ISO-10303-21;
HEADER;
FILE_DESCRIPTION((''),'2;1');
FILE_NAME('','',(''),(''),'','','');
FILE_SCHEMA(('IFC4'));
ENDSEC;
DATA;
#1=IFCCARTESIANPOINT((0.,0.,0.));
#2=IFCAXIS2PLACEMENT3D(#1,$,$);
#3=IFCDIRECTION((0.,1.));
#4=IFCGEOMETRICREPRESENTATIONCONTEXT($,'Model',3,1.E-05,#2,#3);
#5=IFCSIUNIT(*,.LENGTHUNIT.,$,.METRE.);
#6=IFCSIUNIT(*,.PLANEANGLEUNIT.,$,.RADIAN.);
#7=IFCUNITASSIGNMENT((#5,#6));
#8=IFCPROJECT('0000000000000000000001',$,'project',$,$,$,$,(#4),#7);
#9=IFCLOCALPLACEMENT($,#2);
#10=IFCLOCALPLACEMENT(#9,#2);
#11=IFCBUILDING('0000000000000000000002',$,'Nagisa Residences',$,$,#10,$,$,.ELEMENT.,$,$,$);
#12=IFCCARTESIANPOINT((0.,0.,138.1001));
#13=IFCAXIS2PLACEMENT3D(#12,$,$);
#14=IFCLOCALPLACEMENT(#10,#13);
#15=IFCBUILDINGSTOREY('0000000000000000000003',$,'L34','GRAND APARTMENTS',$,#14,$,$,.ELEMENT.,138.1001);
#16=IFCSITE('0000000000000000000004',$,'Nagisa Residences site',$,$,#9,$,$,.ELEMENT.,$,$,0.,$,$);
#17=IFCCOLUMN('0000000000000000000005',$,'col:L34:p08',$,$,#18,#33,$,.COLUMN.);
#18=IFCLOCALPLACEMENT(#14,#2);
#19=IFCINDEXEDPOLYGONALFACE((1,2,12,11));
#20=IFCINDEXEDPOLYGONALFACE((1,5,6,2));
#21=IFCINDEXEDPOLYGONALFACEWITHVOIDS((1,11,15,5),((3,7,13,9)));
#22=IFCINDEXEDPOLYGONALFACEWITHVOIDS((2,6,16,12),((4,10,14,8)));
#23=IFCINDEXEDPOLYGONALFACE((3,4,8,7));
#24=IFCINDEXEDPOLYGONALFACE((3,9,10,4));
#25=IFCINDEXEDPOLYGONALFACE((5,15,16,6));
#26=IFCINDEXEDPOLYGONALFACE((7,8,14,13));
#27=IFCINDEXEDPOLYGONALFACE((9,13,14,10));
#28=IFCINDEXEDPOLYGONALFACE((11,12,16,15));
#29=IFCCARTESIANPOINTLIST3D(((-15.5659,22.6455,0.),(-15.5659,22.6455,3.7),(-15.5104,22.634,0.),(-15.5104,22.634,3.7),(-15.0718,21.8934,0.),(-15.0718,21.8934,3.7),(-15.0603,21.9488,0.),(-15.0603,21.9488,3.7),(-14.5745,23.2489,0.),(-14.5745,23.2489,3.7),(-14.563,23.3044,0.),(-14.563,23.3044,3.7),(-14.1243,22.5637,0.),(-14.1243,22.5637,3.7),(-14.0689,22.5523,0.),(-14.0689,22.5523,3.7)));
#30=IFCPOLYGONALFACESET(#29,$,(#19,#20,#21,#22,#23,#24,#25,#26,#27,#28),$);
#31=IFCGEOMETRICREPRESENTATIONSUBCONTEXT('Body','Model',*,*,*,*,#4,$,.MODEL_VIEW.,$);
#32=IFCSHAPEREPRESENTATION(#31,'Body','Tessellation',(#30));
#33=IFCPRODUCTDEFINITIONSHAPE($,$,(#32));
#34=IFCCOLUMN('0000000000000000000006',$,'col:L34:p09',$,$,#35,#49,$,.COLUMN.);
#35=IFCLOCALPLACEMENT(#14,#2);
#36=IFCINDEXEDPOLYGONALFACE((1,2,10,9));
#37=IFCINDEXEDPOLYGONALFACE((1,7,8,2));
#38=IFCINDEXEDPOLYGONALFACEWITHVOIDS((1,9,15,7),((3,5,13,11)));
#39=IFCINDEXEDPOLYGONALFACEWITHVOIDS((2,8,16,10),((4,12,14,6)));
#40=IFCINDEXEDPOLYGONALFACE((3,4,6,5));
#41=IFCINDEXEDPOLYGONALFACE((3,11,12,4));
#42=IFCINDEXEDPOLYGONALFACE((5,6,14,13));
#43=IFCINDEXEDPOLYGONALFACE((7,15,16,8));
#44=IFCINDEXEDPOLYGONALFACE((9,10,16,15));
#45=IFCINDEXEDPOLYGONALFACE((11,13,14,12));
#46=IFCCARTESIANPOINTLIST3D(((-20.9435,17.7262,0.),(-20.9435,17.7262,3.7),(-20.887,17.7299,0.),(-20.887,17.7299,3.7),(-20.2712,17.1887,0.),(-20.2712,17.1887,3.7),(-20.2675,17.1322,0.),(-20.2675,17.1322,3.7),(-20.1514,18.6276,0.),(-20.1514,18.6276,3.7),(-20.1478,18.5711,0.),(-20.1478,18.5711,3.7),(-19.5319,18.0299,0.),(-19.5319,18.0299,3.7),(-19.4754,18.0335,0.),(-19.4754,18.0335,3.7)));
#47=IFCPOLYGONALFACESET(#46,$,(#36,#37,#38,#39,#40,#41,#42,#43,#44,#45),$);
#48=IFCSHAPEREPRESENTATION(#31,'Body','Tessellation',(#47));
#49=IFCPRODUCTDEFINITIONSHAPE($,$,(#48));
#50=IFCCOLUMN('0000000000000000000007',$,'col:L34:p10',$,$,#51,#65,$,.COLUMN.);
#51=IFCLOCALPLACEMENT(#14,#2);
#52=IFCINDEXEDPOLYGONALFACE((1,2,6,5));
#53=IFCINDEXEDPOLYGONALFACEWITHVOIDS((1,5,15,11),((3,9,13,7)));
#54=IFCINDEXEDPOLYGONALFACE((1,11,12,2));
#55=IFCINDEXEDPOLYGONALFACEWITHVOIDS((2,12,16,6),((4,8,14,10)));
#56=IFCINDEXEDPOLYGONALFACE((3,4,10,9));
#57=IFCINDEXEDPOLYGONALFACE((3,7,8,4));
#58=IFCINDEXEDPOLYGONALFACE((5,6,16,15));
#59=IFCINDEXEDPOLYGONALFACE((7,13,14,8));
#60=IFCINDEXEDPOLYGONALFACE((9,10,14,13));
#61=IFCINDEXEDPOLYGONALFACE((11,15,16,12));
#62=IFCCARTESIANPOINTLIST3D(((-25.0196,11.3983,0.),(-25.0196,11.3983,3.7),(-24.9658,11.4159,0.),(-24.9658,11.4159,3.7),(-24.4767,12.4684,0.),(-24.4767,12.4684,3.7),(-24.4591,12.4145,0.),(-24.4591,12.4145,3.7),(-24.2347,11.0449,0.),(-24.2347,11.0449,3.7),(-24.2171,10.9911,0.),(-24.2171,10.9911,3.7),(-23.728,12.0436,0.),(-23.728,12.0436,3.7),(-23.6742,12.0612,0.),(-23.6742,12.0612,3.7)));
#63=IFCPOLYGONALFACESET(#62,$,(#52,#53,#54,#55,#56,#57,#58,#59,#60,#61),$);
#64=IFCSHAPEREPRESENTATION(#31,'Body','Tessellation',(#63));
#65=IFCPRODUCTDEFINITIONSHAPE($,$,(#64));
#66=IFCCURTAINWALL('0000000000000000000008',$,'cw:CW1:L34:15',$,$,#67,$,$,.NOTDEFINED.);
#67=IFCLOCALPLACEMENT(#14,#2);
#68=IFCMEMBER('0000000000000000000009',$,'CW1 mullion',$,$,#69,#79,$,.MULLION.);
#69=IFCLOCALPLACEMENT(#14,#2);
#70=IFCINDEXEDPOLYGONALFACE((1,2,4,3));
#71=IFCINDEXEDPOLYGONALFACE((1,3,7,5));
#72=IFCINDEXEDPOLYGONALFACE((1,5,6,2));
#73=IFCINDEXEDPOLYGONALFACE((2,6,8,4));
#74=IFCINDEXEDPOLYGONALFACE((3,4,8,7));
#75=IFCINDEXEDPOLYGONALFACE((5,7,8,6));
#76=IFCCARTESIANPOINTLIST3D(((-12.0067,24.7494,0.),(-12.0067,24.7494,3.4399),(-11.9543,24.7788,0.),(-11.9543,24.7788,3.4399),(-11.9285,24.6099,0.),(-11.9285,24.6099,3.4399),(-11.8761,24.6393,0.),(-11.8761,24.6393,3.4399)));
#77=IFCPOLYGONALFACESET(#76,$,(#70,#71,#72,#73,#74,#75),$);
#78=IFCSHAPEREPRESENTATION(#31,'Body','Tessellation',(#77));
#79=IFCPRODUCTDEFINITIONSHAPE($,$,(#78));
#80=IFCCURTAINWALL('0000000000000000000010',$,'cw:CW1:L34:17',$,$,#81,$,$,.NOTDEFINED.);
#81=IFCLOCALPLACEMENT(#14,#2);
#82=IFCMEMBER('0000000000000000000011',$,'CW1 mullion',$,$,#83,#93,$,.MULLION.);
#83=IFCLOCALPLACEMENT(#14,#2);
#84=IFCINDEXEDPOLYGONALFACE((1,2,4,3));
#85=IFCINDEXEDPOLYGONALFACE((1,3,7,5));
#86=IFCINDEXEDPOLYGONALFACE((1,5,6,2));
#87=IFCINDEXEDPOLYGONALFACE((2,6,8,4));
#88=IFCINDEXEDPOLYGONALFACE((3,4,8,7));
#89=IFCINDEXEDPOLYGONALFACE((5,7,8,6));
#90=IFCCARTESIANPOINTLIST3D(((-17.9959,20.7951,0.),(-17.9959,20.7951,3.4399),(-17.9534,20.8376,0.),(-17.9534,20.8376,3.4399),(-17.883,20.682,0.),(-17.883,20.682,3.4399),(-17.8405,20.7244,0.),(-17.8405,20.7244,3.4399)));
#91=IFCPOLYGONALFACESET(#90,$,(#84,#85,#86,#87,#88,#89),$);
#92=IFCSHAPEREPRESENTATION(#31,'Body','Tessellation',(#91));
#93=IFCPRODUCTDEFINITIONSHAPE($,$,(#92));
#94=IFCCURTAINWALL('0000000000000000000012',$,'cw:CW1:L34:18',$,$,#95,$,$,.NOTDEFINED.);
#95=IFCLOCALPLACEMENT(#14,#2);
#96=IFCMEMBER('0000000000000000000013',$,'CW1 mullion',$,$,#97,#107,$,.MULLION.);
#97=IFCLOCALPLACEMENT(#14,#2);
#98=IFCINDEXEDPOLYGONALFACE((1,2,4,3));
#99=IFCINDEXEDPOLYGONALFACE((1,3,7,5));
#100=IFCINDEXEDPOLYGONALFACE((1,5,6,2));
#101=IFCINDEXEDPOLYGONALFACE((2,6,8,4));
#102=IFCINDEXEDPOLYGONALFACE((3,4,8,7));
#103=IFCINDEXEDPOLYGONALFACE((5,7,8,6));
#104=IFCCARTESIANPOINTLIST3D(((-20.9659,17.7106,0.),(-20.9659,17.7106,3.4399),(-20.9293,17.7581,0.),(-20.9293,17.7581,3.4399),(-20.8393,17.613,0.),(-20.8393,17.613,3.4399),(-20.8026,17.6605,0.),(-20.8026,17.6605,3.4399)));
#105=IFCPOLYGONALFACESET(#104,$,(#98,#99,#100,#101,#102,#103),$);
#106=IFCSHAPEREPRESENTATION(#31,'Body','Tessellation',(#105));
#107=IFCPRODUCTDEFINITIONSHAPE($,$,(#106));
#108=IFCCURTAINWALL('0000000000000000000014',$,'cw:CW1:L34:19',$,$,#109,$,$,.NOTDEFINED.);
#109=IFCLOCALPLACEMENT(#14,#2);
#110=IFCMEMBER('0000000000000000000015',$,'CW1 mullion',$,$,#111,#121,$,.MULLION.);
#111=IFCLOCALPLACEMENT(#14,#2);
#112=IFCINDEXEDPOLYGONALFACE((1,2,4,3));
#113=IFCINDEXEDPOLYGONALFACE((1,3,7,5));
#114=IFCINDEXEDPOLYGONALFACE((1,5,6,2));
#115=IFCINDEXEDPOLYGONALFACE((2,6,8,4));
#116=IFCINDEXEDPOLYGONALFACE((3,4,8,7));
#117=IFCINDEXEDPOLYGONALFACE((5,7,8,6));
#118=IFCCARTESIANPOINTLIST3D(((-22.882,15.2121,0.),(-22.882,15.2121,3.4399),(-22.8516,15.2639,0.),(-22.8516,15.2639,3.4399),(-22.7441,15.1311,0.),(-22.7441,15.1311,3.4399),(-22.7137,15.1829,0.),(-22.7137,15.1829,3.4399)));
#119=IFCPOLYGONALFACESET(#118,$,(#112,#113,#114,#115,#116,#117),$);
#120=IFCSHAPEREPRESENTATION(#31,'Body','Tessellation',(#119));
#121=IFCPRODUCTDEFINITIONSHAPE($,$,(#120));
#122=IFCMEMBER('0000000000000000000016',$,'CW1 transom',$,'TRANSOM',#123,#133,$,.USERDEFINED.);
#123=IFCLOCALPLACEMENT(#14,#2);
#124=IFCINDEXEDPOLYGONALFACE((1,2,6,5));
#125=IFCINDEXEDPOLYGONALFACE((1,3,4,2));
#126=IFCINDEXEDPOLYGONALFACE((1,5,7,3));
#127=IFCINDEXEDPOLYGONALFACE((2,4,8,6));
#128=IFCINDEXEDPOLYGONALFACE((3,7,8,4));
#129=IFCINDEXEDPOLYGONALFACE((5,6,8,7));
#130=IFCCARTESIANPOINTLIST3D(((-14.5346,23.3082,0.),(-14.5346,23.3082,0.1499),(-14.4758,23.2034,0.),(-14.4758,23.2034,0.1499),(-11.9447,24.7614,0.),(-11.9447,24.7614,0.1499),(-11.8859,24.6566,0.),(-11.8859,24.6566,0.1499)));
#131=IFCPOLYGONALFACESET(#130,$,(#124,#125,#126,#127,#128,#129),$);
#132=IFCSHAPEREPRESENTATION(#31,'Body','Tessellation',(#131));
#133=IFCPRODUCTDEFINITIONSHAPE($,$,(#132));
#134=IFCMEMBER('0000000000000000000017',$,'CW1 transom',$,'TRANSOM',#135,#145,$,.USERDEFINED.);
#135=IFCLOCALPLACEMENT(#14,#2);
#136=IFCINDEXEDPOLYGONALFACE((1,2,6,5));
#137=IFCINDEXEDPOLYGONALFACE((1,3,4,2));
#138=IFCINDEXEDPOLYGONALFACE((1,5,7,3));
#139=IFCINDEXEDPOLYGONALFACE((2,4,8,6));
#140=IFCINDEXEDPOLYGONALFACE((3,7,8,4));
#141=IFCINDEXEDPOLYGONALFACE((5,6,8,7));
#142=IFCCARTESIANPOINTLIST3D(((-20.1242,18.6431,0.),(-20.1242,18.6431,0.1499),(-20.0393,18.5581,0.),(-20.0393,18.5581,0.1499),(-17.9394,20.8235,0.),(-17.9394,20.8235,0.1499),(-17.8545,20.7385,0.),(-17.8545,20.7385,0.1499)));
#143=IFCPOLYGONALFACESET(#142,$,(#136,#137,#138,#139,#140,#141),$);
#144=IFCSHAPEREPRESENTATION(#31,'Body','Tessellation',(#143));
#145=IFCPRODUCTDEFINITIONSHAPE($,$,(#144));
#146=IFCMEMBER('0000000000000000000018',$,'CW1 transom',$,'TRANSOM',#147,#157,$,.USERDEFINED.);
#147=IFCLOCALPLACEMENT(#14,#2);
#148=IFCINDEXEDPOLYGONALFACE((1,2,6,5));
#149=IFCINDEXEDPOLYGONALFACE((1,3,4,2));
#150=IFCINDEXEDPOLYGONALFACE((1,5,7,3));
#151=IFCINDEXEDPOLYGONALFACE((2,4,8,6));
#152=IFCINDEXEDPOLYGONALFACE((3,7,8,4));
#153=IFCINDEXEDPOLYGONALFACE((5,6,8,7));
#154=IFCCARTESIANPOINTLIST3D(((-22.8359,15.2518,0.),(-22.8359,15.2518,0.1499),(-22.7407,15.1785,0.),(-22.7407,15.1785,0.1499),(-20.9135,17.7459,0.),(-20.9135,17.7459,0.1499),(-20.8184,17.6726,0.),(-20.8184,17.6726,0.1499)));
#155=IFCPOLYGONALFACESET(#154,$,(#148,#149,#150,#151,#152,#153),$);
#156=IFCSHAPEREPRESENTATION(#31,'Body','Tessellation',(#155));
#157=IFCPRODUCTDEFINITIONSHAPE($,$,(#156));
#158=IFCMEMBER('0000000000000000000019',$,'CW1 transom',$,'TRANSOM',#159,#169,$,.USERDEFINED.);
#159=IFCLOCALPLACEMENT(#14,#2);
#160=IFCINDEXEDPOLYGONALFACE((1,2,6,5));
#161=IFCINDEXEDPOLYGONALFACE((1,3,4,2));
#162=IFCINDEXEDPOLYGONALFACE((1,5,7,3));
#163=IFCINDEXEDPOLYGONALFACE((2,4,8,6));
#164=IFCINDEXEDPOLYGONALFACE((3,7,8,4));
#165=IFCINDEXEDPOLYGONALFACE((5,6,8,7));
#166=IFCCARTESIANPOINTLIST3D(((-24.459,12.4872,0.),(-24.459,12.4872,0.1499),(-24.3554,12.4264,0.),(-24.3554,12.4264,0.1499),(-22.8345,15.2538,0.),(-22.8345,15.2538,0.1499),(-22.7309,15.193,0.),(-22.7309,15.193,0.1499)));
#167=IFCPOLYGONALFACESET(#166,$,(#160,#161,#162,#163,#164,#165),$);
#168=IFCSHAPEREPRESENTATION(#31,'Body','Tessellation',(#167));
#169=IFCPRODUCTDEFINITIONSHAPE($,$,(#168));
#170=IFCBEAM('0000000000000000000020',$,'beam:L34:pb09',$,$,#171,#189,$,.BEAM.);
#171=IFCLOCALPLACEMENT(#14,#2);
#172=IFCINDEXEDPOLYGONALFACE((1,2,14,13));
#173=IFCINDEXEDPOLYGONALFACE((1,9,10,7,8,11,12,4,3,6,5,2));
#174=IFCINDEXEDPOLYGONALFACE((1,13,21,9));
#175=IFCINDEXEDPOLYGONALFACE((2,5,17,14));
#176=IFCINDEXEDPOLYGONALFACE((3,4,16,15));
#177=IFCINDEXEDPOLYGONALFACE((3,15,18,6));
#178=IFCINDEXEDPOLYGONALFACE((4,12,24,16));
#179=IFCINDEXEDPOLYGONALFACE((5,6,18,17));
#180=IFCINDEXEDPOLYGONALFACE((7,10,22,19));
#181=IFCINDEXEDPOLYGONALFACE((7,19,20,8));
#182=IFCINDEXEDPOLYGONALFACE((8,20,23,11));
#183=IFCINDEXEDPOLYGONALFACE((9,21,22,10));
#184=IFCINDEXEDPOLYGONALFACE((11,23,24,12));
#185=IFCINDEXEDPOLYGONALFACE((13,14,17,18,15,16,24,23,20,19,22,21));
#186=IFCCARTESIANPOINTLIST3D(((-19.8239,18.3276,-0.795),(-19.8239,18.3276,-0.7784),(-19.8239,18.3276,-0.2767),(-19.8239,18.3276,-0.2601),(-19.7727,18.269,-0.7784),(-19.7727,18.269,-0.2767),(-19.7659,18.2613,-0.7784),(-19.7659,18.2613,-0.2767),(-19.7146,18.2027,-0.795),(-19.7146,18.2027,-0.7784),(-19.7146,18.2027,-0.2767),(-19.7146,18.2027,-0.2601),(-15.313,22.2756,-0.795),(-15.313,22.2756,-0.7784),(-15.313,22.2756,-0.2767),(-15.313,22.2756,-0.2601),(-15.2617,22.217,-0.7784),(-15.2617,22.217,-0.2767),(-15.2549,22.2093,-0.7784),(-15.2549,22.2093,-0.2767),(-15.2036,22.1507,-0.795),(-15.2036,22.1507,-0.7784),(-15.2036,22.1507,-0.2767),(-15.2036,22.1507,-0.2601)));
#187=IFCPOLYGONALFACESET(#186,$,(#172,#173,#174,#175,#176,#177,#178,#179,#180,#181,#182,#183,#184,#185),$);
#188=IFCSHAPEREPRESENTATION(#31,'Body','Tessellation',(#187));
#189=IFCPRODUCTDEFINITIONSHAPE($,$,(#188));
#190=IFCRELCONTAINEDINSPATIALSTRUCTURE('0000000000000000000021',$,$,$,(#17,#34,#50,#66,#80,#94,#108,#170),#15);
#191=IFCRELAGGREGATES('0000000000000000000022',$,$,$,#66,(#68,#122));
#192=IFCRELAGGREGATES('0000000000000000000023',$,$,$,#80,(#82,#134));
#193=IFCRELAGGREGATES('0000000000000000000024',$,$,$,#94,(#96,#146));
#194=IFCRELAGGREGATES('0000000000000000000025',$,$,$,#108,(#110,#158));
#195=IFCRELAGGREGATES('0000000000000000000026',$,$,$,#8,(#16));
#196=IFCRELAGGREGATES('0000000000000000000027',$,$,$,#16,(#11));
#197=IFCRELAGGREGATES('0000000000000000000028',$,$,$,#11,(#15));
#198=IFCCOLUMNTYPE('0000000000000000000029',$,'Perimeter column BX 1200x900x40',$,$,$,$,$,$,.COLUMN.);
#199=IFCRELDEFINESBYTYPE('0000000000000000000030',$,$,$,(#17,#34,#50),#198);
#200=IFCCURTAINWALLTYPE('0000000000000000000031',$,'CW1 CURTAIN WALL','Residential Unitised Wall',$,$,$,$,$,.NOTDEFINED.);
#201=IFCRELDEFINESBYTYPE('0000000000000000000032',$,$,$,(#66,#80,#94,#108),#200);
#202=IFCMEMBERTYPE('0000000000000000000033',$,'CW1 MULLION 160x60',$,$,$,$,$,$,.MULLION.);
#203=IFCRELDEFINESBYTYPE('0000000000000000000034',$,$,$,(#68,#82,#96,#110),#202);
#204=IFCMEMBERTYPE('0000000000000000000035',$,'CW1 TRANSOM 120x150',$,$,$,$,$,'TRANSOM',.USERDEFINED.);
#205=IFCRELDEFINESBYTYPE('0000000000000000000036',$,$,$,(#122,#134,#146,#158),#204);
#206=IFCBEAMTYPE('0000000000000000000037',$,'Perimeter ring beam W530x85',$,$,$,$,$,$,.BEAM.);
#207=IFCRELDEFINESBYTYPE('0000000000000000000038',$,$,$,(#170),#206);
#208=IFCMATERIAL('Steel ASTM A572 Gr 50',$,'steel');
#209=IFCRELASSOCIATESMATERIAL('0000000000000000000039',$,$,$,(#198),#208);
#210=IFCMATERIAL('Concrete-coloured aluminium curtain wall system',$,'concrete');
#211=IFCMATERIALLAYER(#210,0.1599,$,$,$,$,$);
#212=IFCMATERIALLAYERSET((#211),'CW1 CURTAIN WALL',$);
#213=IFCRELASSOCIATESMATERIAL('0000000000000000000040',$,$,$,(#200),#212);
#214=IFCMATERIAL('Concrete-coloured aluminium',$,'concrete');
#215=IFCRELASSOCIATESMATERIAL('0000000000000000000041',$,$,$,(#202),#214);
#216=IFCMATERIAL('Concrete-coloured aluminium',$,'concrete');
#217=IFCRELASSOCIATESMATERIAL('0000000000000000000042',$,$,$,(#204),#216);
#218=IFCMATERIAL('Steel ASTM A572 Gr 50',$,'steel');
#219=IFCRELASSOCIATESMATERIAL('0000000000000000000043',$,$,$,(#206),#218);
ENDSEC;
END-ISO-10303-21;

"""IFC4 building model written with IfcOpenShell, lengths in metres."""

from ifc_helpers import new_model, si_unit, direction, frame, origin, origin_2d, place, context, subcontext, project, spatial, rectangle, hollow_rectangle, i_section, extrude, material, layer, layer_set, material_profile, profile_set, type_object, element, aggregate, save


model = new_model("IFC4")

# Units and contexts
model_context = context("Model", 3, precision=1e-05, world=origin(), true_north=direction((0.0, 1.0)))
body_context = subcontext(model_context, "Body", "Model", "MODEL_VIEW")
ifc_project = project(units=[si_unit("LENGTHUNIT", "METRE"), si_unit("PLANEANGLEUNIT", "RADIAN")], contexts=[model_context])

# Site, building, storey
site_placement = place(None, origin())
site = spatial("IfcSite", under=ifc_project, at=site_placement, Name="Nagisa Residences site", CompositionType="ELEMENT", RefElevation=0.0)
building_placement = place(site_placement, origin())
building = spatial("IfcBuilding", under=site, at=building_placement, Name="Nagisa Residences", CompositionType="ELEMENT")
storey_placement = place(building_placement, frame((0.0, 0.0, 138.1001)))
storey = spatial("IfcBuildingStorey", under=building, at=storey_placement, Name="L34", Description="GRAND APARTMENTS", CompositionType="ELEMENT", Elevation=138.1001)

# Columns
ifc_material_1 = material(Name="Steel ASTM A572 Gr 50", Category="steel")
ifc_material_profile_1 = material_profile(ifc_material_1, hollow_rectangle(XDim=1.2, YDim=0.8999, WallThickness=0.04, at=origin_2d()), Name="BX 1200x900x40")
ifc_profile_set_1 = profile_set([ifc_material_profile_1], Name="Steel ASTM A572 Gr 50")
column_type = type_object("IfcColumnType", Name="Perimeter column BX 1200x900x40", PredefinedType="COLUMN", material=ifc_profile_set_1)
for number, where, z_axis, x_axis, name in (
    (1, (-14.8174, 22.5989, 0.0), (0.0, 0.0, 1.0), (-0.835766, -0.549086, 0.0), "col:L34:p08"),
    (2, (-20.2095, 17.8799, 0.0), (0.0, 0.0, 1.0), (-0.660115, -0.751165, 0.0), "col:L34:p09"),
    (3, (-24.3469, 11.7297, 0.0), (0.0, 0.0, 1.0), (-0.452463, -0.891783, 0.0), "col:L34:p10"),
):
    element("IfcColumn", number, at=place(storey_placement, frame(where, z_axis=z_axis, x_axis=x_axis)), inside=storey, type_object=column_type, Name=name, PredefinedType="COLUMN", context=body_context, shape_type="SweptSolid", body=[
        extrude(hollow_rectangle(XDim=1.2, YDim=0.8999, WallThickness=0.04, at=origin_2d()), origin(), (0.0, 0.0, 1.0), 3.7),
    ])

# Curtain walls, members
ifc_material_2 = material(Name="Concrete-coloured aluminium curtain wall system", Category="concrete")
ifc_layer_1 = layer(ifc_material_2, 0.1599)
ifc_layer_set_1 = layer_set([ifc_layer_1], Name="CW1 CURTAIN WALL")
curtain_wall_type = type_object("IfcCurtainWallType", Name="CW1 CURTAIN WALL", Description="Residential Unitised Wall", PredefinedType="NOTDEFINED", material=ifc_layer_set_1)
curtain_wall_1_placement = place(storey_placement, origin())
curtain_wall_1 = element("IfcCurtainWall", 4, at=curtain_wall_1_placement, inside=storey, type_object=curtain_wall_type, Name="cw:CW1:L34:15", PredefinedType="NOTDEFINED")
ifc_material_3 = material(Name="Concrete-coloured aluminium", Category="concrete")
ifc_material_profile_2 = material_profile(ifc_material_3, rectangle(XDim=0.1599, YDim=0.0601, at=origin_2d()), Name="CW1 MULLION 160x60")
ifc_profile_set_2 = profile_set([ifc_material_profile_2], Name="Concrete-coloured aluminium")
member_type_1 = type_object("IfcMemberType", Name="CW1 MULLION 160x60", PredefinedType="MULLION", material=ifc_profile_set_2)
member_1_placement = place(storey_placement, frame((-11.9414, 24.6943, 0.0), z_axis=(0.0, 0.0, 1.0), x_axis=(0.489377, -0.872072, 0.0)))
member_1 = element("IfcMember", 5, at=member_1_placement, type_object=member_type_1, Name="CW1 mullion", PredefinedType="MULLION", context=body_context, shape_type="SweptSolid", body=[
    extrude(rectangle(XDim=0.1599, YDim=0.0601, at=origin_2d()), origin(), (0.0, 0.0, 1.0), 3.4399),
])
curtain_wall_2_placement = place(storey_placement, origin())
curtain_wall_2 = element("IfcCurtainWall", 6, at=curtain_wall_2_placement, inside=storey, type_object=curtain_wall_type, Name="cw:CW1:L34:17", PredefinedType="NOTDEFINED")
member_2_placement = place(storey_placement, frame((-17.9182, 20.7598, 0.0), z_axis=(0.0, 0.0, 1.0), x_axis=(0.706377, -0.707836, 0.0)))
member_2 = element("IfcMember", 7, at=member_2_placement, type_object=member_type_1, Name="CW1 mullion", PredefinedType="MULLION", context=body_context, shape_type="SweptSolid", body=[
    extrude(rectangle(XDim=0.1599, YDim=0.0601, at=origin_2d()), origin(), (0.0, 0.0, 1.0), 3.4399),
])
curtain_wall_3_placement = place(storey_placement, origin())
curtain_wall_3 = element("IfcCurtainWall", 8, at=curtain_wall_3_placement, inside=storey, type_object=curtain_wall_type, Name="cw:CW1:L34:18", PredefinedType="NOTDEFINED")
member_3_placement = place(storey_placement, frame((-20.8843, 17.6855, 0.0), z_axis=(0.0, 0.0, 1.0), x_axis=(0.79207, -0.61043, 0.0)))
member_3 = element("IfcMember", 9, at=member_3_placement, type_object=member_type_1, Name="CW1 mullion", PredefinedType="MULLION", context=body_context, shape_type="SweptSolid", body=[
    extrude(rectangle(XDim=0.1599, YDim=0.0601, at=origin_2d()), origin(), (0.0, 0.0, 1.0), 3.4399),
])
curtain_wall_4_placement = place(storey_placement, origin())
curtain_wall_4 = element("IfcCurtainWall", 10, at=curtain_wall_4_placement, inside=storey, type_object=curtain_wall_type, Name="cw:CW1:L34:19", PredefinedType="NOTDEFINED")
member_4_placement = place(storey_placement, frame((-22.7979, 15.1975, 0.0), z_axis=(0.0, 0.0, 1.0), x_axis=(0.862329, -0.506349, 0.0)))
member_4 = element("IfcMember", 11, at=member_4_placement, type_object=member_type_1, Name="CW1 mullion", PredefinedType="MULLION", context=body_context, shape_type="SweptSolid", body=[
    extrude(rectangle(XDim=0.1599, YDim=0.0601, at=origin_2d()), origin(), (0.0, 0.0, 1.0), 3.4399),
])

# Members
ifc_material_4 = material(Name="Concrete-coloured aluminium", Category="concrete")
ifc_material_profile_3 = material_profile(ifc_material_4, rectangle(XDim=0.1201, YDim=0.1499, at=origin_2d()), Name="CW1 TRANSOM 120x150")
ifc_profile_set_3 = profile_set([ifc_material_profile_3], Name="Concrete-coloured aluminium")
member_type_2 = type_object("IfcMemberType", Name="CW1 TRANSOM 120x150", ElementType="TRANSOM", PredefinedType="USERDEFINED", material=ifc_profile_set_3)
member_5_placement = place(storey_placement, frame((-11.9153, 24.709, 0.075), z_axis=(-0.872102, -0.489324, 0.0), x_axis=(0.489324, -0.872102, 0.0)))
member_5 = element("IfcMember", 12, at=member_5_placement, type_object=member_type_2, Name="CW1 transom", ObjectType="TRANSOM", PredefinedType="USERDEFINED", context=body_context, shape_type="SweptSolid", body=[
    extrude(rectangle(XDim=0.1201, YDim=0.1499, at=origin_2d()), origin(), (0.0, 0.0, 1.0), 2.9697),
])
member_6_placement = place(storey_placement, frame((-17.897, 20.781, 0.075), z_axis=(-0.707818, -0.706395, 0.0), x_axis=(0.706395, -0.707818, 0.0)))
member_6 = element("IfcMember", 13, at=member_6_placement, type_object=member_type_2, Name="CW1 transom", ObjectType="TRANSOM", PredefinedType="USERDEFINED", context=body_context, shape_type="SweptSolid", body=[
    extrude(rectangle(XDim=0.1201, YDim=0.1499, at=origin_2d()), origin(), (0.0, 0.0, 1.0), 3.0867),
])
member_7_placement = place(storey_placement, frame((-20.866, 17.7092, 0.075), z_axis=(-0.610467, -0.792041, 0.0), x_axis=(0.792041, -0.610467, 0.0)))
member_7 = element("IfcMember", 14, at=member_7_placement, type_object=member_type_2, Name="CW1 transom", ObjectType="TRANSOM", PredefinedType="USERDEFINED", context=body_context, shape_type="SweptSolid", body=[
    extrude(rectangle(XDim=0.1201, YDim=0.1499, at=origin_2d()), origin(), (0.0, 0.0, 1.0), 3.1489),
])
member_8_placement = place(storey_placement, frame((-22.7827, 15.2234, 0.075), z_axis=(-0.506348, -0.862329, 0.0), x_axis=(0.862329, -0.506348, 0.0)))
member_8 = element("IfcMember", 15, at=member_8_placement, type_object=member_type_2, Name="CW1 transom", ObjectType="TRANSOM", PredefinedType="USERDEFINED", context=body_context, shape_type="SweptSolid", body=[
    extrude(rectangle(XDim=0.1201, YDim=0.1499, at=origin_2d()), origin(), (0.0, 0.0, 1.0), 3.2083),
])

# Beam
ifc_material_5 = material(Name="Steel ASTM A572 Gr 50", Category="steel")
ifc_material_profile_4 = material_profile(ifc_material_5, i_section(OverallWidth=0.166, OverallDepth=0.5349, WebThickness=0.0103, FlangeThickness=0.0166, at=origin_2d()), Name="W530x85")
ifc_profile_set_4 = profile_set([ifc_material_profile_4], Name="Steel ASTM A572 Gr 50")
beam_type_1 = type_object("IfcBeamType", Name="Perimeter ring beam W530x85", PredefinedType="BEAM", material=ifc_profile_set_4)
beam_1_placement = place(storey_placement, frame((-15.2583, 22.2131, -0.5276), z_axis=(-0.752504, -0.658588, 0.0), x_axis=(0.658588, -0.752504, 0.0)))
element("IfcBeam", 16, at=beam_1_placement, inside=storey, type_object=beam_type_1, Name="beam:L34:pb09", PredefinedType="BEAM", context=body_context, shape_type="SweptSolid", body=[
    extrude(i_section(OverallWidth=0.166, OverallDepth=0.5349, WebThickness=0.0103, FlangeThickness=0.0166, at=origin_2d()), origin(), (0.0, 0.0, 1.0), 5.9946),
])

aggregate(curtain_wall_1, [member_1, member_5])
aggregate(curtain_wall_2, [member_2, member_6])
aggregate(curtain_wall_3, [member_3, member_7])
aggregate(curtain_wall_4, [member_4, member_8])

save(model, "model.ifc")
